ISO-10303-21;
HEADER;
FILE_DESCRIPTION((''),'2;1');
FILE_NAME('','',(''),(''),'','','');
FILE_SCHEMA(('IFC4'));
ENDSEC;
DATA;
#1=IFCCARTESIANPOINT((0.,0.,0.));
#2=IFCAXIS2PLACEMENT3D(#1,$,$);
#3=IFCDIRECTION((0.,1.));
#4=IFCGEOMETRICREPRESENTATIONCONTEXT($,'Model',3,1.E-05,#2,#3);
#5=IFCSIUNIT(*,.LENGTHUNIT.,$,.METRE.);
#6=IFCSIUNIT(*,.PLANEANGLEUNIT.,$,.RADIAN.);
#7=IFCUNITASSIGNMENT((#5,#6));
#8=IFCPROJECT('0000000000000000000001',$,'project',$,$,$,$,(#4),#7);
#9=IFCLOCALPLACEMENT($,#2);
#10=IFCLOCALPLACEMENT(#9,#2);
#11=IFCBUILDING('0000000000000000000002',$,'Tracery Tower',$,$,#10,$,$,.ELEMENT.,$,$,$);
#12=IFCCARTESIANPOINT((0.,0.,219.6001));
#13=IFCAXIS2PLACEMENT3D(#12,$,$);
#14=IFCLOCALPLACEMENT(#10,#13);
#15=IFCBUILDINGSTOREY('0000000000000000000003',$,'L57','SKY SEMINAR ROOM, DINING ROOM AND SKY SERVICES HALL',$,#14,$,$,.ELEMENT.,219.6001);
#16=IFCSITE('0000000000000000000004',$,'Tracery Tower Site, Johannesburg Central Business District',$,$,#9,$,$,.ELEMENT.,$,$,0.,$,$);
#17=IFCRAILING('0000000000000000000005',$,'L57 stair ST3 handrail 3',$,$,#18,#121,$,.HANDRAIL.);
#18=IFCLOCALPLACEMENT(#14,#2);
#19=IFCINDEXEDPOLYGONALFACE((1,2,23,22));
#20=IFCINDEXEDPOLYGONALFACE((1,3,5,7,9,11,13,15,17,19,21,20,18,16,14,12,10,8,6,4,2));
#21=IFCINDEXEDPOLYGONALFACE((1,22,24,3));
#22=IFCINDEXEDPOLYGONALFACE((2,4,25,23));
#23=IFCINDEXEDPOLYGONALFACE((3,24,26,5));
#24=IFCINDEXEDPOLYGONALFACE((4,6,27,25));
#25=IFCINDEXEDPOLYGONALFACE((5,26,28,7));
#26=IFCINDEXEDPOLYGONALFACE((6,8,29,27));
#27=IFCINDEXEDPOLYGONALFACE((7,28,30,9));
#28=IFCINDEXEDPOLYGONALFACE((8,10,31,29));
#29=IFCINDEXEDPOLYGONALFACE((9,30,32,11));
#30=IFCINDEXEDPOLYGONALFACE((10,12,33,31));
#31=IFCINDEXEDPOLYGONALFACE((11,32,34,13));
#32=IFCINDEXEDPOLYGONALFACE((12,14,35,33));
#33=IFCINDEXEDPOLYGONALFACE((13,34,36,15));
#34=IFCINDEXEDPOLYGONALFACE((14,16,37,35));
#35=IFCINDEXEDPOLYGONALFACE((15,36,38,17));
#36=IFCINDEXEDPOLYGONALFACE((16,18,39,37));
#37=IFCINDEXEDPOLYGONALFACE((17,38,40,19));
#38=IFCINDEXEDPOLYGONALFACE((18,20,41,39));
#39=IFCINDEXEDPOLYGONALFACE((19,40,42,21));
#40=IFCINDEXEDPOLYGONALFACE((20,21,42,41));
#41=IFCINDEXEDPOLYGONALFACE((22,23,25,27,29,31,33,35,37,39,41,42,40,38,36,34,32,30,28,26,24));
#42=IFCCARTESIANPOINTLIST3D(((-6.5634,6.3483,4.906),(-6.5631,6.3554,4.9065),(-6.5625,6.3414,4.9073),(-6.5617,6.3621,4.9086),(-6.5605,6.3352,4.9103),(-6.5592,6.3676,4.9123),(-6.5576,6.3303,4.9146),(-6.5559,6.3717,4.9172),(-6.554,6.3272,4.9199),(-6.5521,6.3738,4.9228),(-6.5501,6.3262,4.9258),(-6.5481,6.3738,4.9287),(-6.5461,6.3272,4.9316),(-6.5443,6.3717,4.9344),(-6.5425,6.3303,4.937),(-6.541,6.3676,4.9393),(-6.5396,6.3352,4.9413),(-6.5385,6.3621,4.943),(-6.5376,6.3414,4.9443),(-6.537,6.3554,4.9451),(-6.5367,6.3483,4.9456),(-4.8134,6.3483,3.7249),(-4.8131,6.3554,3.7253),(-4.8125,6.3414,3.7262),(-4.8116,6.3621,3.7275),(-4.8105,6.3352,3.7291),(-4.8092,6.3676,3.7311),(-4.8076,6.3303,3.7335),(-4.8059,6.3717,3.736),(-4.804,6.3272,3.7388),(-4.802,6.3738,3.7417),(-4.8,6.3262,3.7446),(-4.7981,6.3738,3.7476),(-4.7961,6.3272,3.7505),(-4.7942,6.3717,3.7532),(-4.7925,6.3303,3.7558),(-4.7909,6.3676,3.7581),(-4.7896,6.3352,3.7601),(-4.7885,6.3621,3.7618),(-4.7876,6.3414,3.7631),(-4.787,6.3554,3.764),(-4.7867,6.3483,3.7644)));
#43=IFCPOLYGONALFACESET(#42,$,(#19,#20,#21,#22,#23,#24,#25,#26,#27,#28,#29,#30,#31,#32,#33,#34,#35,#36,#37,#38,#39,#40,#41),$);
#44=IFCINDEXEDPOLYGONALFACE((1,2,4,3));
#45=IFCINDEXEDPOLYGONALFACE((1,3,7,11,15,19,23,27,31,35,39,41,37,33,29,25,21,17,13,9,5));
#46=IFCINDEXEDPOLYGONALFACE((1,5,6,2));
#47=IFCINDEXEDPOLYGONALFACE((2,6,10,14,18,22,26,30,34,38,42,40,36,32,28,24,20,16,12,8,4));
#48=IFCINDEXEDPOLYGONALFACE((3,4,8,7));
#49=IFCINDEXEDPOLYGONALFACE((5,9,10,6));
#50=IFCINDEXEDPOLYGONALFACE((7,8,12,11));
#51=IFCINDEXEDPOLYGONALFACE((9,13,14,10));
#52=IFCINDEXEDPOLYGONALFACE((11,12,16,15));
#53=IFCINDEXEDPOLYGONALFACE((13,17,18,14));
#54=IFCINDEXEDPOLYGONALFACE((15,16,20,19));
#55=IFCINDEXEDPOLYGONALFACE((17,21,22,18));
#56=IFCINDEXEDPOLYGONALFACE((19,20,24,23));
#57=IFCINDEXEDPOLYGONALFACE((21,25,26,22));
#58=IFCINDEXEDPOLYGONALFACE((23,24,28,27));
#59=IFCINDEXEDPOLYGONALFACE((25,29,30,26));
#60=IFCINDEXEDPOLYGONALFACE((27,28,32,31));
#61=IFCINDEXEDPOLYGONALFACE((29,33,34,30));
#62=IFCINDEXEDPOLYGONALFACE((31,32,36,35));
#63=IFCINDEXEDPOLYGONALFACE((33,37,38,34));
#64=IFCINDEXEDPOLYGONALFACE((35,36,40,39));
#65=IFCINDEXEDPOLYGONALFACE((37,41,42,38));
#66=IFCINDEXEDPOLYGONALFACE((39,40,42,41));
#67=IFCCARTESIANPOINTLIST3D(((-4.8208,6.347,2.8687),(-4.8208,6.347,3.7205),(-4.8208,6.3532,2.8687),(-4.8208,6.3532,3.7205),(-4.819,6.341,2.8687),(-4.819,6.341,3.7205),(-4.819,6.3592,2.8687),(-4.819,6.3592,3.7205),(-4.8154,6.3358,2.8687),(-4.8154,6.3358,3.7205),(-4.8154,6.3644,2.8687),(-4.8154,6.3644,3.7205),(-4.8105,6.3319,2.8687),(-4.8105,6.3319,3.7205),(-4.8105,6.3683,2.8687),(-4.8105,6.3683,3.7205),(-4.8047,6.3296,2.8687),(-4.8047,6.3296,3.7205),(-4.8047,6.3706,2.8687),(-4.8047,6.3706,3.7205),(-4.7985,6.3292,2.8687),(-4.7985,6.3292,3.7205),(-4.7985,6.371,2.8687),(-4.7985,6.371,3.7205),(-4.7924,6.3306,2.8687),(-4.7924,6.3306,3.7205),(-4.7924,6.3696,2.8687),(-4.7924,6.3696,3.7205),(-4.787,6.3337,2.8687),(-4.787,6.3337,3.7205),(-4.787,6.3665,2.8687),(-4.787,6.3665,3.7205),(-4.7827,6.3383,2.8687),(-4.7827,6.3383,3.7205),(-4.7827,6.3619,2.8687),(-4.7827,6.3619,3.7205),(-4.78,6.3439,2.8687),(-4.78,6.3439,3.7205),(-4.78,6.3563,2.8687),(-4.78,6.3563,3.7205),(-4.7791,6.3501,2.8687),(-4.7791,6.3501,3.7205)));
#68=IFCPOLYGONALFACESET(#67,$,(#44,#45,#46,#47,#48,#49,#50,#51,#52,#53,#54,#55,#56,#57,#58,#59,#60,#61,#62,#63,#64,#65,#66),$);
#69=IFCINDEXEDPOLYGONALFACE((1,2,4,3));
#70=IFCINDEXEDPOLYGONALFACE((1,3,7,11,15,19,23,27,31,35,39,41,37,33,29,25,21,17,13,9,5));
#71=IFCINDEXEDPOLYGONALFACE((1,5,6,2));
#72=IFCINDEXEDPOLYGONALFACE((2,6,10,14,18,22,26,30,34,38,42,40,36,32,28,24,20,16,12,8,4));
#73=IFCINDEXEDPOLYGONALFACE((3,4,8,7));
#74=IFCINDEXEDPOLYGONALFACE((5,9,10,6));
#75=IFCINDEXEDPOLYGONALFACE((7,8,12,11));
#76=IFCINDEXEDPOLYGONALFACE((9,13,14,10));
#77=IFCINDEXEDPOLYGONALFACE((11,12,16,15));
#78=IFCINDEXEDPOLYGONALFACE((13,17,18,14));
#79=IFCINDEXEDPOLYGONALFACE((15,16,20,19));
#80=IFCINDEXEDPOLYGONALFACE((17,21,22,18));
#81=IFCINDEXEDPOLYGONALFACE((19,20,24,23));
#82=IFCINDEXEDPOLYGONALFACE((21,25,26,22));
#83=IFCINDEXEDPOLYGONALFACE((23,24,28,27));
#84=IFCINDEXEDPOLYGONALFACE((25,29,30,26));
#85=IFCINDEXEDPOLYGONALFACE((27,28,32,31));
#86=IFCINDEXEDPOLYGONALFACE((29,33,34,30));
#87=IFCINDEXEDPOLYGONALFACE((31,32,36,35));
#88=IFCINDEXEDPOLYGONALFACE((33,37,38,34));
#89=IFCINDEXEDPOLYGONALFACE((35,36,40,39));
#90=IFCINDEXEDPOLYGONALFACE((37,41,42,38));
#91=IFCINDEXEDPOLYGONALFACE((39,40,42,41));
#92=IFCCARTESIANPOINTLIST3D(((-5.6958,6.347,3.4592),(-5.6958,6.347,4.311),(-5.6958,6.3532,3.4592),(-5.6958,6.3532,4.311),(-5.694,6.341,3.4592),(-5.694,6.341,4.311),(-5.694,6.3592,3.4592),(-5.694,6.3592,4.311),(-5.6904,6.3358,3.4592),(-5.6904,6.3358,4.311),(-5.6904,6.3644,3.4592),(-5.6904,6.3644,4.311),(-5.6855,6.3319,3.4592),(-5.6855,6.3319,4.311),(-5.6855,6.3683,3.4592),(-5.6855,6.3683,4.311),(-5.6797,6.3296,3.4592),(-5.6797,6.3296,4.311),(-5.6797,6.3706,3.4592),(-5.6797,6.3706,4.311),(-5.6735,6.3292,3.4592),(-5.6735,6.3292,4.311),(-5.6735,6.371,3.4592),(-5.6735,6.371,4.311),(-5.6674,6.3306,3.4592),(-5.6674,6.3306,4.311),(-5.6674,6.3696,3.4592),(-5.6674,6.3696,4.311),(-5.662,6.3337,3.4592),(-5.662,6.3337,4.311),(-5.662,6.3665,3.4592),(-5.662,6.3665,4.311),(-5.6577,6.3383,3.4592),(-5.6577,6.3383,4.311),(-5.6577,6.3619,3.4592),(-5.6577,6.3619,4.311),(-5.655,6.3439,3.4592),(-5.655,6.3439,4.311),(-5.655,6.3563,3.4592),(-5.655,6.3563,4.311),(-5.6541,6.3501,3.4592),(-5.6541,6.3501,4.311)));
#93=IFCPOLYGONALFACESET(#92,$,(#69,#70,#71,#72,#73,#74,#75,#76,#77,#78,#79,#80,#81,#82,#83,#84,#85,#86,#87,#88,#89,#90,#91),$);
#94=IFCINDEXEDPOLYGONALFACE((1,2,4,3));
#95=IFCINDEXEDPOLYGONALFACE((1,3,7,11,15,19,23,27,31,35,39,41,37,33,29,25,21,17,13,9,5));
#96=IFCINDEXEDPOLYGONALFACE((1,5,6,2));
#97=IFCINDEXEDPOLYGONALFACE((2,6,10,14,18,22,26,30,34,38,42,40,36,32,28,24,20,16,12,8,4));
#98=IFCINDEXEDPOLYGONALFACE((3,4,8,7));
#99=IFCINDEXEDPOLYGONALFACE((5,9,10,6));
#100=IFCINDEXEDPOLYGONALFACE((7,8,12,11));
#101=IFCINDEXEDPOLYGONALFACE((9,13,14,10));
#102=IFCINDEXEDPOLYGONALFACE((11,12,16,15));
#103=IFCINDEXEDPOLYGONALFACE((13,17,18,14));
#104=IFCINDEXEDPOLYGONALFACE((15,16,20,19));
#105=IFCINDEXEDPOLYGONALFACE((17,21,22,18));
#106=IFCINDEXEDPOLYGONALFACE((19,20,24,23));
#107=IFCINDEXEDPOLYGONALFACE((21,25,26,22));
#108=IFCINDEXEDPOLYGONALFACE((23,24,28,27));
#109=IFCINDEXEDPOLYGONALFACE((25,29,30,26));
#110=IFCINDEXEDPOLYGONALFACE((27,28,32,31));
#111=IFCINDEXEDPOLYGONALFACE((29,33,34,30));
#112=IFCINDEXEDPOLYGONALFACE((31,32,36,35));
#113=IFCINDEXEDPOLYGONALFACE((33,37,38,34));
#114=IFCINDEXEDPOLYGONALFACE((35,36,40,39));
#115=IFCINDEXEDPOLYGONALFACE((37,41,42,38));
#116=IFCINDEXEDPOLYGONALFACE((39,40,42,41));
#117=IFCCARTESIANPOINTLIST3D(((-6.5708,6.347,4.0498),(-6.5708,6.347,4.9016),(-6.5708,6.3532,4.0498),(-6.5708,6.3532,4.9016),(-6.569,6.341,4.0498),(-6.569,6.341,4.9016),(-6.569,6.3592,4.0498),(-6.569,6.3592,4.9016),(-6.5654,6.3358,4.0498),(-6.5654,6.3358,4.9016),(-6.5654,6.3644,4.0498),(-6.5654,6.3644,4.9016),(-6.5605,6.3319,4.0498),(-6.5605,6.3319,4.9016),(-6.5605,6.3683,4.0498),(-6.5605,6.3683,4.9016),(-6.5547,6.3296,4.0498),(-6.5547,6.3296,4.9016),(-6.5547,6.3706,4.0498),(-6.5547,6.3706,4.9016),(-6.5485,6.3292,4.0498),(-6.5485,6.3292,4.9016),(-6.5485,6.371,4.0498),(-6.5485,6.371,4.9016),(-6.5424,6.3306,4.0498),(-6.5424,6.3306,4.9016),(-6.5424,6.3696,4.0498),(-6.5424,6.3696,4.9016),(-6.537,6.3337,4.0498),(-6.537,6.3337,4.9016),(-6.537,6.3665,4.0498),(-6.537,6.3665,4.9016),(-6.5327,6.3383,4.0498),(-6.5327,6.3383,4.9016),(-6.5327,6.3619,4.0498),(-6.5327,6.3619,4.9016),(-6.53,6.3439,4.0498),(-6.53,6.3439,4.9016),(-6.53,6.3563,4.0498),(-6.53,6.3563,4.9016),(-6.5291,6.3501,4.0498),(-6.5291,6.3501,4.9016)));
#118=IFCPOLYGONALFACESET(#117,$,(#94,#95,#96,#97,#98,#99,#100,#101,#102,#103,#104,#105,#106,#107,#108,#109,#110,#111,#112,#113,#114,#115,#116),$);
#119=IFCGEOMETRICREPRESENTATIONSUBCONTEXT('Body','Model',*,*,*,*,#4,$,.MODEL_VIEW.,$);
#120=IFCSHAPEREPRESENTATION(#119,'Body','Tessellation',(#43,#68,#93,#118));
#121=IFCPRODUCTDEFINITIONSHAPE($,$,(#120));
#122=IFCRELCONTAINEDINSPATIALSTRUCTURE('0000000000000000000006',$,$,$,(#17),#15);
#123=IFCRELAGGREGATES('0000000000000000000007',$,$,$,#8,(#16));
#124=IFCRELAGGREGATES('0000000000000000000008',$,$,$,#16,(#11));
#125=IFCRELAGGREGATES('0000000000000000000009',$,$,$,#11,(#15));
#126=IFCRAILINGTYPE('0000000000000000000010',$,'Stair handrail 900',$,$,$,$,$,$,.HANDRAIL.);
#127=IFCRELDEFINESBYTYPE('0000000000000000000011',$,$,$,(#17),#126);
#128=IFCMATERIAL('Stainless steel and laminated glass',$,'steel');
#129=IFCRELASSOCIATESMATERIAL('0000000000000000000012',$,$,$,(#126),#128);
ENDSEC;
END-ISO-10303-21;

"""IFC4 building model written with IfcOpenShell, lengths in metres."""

from ifc_helpers import new_model, si_unit, direction, frame, origin, origin_2d, place, context, subcontext, project, spatial, circle, extrude, material, type_object, element, save


model = new_model("IFC4")

# Units and contexts
model_context = context("Model", 3, precision=1e-05, world=origin(), true_north=direction((0.0, 1.0)))
body_context = subcontext(model_context, "Body", "Model", "MODEL_VIEW")
ifc_project = project(units=[si_unit("LENGTHUNIT", "METRE"), si_unit("PLANEANGLEUNIT", "RADIAN")], contexts=[model_context])

# Site, building, storey
site_placement = place(None, origin())
site = spatial("IfcSite", under=ifc_project, at=site_placement, Name="Tracery Tower Site, Johannesburg Central Business District", CompositionType="ELEMENT", RefElevation=0.0)
building_placement = place(site_placement, origin())
building = spatial("IfcBuilding", under=site, at=building_placement, Name="Tracery Tower", CompositionType="ELEMENT")
storey_placement = place(building_placement, frame((0.0, 0.0, 219.6001)))
storey = spatial("IfcBuildingStorey", under=building, at=storey_placement, Name="L57", Description="SKY SEMINAR ROOM, DINING ROOM AND SKY SERVICES HALL", CompositionType="ELEMENT", Elevation=219.6001)

# Railing
ifc_material_1 = material(Name="Stainless steel and laminated glass", Category="steel")
railing_type_1 = type_object("IfcRailingType", Name="Stair handrail 900", PredefinedType="HANDRAIL", material=ifc_material_1)
railing_1_placement = place(storey_placement, frame((-4.8, 6.3501, 2.8687)))
element("IfcRailing", 1, at=railing_1_placement, inside=storey, type_object=railing_type_1, Name="L57 stair ST3 handrail 3", PredefinedType="HANDRAIL", context=body_context, shape_type="SweptSolid", body=[
    extrude(circle(Radius=0.0239, at=origin_2d()), frame((0.0, 0.0, 0.876), z_axis=(-0.82887, 0.0, 0.559441), x_axis=(0.0, -1.0, 0.0)), (0.0, 0.0, 1.0), 2.1113),
    extrude(circle(Radius=0.021, at=origin_2d()), origin(), (0.0, 0.0, 1.0), 0.8518),
    extrude(circle(Radius=0.021, at=origin_2d()), frame((-0.875, 0.0, 0.5906)), (0.0, 0.0, 1.0), 0.8518),
    extrude(circle(Radius=0.021, at=origin_2d()), frame((-1.75, 0.0, 1.1812)), (0.0, 0.0, 1.0), 0.8518),
])

save(model, "model.ifc")
